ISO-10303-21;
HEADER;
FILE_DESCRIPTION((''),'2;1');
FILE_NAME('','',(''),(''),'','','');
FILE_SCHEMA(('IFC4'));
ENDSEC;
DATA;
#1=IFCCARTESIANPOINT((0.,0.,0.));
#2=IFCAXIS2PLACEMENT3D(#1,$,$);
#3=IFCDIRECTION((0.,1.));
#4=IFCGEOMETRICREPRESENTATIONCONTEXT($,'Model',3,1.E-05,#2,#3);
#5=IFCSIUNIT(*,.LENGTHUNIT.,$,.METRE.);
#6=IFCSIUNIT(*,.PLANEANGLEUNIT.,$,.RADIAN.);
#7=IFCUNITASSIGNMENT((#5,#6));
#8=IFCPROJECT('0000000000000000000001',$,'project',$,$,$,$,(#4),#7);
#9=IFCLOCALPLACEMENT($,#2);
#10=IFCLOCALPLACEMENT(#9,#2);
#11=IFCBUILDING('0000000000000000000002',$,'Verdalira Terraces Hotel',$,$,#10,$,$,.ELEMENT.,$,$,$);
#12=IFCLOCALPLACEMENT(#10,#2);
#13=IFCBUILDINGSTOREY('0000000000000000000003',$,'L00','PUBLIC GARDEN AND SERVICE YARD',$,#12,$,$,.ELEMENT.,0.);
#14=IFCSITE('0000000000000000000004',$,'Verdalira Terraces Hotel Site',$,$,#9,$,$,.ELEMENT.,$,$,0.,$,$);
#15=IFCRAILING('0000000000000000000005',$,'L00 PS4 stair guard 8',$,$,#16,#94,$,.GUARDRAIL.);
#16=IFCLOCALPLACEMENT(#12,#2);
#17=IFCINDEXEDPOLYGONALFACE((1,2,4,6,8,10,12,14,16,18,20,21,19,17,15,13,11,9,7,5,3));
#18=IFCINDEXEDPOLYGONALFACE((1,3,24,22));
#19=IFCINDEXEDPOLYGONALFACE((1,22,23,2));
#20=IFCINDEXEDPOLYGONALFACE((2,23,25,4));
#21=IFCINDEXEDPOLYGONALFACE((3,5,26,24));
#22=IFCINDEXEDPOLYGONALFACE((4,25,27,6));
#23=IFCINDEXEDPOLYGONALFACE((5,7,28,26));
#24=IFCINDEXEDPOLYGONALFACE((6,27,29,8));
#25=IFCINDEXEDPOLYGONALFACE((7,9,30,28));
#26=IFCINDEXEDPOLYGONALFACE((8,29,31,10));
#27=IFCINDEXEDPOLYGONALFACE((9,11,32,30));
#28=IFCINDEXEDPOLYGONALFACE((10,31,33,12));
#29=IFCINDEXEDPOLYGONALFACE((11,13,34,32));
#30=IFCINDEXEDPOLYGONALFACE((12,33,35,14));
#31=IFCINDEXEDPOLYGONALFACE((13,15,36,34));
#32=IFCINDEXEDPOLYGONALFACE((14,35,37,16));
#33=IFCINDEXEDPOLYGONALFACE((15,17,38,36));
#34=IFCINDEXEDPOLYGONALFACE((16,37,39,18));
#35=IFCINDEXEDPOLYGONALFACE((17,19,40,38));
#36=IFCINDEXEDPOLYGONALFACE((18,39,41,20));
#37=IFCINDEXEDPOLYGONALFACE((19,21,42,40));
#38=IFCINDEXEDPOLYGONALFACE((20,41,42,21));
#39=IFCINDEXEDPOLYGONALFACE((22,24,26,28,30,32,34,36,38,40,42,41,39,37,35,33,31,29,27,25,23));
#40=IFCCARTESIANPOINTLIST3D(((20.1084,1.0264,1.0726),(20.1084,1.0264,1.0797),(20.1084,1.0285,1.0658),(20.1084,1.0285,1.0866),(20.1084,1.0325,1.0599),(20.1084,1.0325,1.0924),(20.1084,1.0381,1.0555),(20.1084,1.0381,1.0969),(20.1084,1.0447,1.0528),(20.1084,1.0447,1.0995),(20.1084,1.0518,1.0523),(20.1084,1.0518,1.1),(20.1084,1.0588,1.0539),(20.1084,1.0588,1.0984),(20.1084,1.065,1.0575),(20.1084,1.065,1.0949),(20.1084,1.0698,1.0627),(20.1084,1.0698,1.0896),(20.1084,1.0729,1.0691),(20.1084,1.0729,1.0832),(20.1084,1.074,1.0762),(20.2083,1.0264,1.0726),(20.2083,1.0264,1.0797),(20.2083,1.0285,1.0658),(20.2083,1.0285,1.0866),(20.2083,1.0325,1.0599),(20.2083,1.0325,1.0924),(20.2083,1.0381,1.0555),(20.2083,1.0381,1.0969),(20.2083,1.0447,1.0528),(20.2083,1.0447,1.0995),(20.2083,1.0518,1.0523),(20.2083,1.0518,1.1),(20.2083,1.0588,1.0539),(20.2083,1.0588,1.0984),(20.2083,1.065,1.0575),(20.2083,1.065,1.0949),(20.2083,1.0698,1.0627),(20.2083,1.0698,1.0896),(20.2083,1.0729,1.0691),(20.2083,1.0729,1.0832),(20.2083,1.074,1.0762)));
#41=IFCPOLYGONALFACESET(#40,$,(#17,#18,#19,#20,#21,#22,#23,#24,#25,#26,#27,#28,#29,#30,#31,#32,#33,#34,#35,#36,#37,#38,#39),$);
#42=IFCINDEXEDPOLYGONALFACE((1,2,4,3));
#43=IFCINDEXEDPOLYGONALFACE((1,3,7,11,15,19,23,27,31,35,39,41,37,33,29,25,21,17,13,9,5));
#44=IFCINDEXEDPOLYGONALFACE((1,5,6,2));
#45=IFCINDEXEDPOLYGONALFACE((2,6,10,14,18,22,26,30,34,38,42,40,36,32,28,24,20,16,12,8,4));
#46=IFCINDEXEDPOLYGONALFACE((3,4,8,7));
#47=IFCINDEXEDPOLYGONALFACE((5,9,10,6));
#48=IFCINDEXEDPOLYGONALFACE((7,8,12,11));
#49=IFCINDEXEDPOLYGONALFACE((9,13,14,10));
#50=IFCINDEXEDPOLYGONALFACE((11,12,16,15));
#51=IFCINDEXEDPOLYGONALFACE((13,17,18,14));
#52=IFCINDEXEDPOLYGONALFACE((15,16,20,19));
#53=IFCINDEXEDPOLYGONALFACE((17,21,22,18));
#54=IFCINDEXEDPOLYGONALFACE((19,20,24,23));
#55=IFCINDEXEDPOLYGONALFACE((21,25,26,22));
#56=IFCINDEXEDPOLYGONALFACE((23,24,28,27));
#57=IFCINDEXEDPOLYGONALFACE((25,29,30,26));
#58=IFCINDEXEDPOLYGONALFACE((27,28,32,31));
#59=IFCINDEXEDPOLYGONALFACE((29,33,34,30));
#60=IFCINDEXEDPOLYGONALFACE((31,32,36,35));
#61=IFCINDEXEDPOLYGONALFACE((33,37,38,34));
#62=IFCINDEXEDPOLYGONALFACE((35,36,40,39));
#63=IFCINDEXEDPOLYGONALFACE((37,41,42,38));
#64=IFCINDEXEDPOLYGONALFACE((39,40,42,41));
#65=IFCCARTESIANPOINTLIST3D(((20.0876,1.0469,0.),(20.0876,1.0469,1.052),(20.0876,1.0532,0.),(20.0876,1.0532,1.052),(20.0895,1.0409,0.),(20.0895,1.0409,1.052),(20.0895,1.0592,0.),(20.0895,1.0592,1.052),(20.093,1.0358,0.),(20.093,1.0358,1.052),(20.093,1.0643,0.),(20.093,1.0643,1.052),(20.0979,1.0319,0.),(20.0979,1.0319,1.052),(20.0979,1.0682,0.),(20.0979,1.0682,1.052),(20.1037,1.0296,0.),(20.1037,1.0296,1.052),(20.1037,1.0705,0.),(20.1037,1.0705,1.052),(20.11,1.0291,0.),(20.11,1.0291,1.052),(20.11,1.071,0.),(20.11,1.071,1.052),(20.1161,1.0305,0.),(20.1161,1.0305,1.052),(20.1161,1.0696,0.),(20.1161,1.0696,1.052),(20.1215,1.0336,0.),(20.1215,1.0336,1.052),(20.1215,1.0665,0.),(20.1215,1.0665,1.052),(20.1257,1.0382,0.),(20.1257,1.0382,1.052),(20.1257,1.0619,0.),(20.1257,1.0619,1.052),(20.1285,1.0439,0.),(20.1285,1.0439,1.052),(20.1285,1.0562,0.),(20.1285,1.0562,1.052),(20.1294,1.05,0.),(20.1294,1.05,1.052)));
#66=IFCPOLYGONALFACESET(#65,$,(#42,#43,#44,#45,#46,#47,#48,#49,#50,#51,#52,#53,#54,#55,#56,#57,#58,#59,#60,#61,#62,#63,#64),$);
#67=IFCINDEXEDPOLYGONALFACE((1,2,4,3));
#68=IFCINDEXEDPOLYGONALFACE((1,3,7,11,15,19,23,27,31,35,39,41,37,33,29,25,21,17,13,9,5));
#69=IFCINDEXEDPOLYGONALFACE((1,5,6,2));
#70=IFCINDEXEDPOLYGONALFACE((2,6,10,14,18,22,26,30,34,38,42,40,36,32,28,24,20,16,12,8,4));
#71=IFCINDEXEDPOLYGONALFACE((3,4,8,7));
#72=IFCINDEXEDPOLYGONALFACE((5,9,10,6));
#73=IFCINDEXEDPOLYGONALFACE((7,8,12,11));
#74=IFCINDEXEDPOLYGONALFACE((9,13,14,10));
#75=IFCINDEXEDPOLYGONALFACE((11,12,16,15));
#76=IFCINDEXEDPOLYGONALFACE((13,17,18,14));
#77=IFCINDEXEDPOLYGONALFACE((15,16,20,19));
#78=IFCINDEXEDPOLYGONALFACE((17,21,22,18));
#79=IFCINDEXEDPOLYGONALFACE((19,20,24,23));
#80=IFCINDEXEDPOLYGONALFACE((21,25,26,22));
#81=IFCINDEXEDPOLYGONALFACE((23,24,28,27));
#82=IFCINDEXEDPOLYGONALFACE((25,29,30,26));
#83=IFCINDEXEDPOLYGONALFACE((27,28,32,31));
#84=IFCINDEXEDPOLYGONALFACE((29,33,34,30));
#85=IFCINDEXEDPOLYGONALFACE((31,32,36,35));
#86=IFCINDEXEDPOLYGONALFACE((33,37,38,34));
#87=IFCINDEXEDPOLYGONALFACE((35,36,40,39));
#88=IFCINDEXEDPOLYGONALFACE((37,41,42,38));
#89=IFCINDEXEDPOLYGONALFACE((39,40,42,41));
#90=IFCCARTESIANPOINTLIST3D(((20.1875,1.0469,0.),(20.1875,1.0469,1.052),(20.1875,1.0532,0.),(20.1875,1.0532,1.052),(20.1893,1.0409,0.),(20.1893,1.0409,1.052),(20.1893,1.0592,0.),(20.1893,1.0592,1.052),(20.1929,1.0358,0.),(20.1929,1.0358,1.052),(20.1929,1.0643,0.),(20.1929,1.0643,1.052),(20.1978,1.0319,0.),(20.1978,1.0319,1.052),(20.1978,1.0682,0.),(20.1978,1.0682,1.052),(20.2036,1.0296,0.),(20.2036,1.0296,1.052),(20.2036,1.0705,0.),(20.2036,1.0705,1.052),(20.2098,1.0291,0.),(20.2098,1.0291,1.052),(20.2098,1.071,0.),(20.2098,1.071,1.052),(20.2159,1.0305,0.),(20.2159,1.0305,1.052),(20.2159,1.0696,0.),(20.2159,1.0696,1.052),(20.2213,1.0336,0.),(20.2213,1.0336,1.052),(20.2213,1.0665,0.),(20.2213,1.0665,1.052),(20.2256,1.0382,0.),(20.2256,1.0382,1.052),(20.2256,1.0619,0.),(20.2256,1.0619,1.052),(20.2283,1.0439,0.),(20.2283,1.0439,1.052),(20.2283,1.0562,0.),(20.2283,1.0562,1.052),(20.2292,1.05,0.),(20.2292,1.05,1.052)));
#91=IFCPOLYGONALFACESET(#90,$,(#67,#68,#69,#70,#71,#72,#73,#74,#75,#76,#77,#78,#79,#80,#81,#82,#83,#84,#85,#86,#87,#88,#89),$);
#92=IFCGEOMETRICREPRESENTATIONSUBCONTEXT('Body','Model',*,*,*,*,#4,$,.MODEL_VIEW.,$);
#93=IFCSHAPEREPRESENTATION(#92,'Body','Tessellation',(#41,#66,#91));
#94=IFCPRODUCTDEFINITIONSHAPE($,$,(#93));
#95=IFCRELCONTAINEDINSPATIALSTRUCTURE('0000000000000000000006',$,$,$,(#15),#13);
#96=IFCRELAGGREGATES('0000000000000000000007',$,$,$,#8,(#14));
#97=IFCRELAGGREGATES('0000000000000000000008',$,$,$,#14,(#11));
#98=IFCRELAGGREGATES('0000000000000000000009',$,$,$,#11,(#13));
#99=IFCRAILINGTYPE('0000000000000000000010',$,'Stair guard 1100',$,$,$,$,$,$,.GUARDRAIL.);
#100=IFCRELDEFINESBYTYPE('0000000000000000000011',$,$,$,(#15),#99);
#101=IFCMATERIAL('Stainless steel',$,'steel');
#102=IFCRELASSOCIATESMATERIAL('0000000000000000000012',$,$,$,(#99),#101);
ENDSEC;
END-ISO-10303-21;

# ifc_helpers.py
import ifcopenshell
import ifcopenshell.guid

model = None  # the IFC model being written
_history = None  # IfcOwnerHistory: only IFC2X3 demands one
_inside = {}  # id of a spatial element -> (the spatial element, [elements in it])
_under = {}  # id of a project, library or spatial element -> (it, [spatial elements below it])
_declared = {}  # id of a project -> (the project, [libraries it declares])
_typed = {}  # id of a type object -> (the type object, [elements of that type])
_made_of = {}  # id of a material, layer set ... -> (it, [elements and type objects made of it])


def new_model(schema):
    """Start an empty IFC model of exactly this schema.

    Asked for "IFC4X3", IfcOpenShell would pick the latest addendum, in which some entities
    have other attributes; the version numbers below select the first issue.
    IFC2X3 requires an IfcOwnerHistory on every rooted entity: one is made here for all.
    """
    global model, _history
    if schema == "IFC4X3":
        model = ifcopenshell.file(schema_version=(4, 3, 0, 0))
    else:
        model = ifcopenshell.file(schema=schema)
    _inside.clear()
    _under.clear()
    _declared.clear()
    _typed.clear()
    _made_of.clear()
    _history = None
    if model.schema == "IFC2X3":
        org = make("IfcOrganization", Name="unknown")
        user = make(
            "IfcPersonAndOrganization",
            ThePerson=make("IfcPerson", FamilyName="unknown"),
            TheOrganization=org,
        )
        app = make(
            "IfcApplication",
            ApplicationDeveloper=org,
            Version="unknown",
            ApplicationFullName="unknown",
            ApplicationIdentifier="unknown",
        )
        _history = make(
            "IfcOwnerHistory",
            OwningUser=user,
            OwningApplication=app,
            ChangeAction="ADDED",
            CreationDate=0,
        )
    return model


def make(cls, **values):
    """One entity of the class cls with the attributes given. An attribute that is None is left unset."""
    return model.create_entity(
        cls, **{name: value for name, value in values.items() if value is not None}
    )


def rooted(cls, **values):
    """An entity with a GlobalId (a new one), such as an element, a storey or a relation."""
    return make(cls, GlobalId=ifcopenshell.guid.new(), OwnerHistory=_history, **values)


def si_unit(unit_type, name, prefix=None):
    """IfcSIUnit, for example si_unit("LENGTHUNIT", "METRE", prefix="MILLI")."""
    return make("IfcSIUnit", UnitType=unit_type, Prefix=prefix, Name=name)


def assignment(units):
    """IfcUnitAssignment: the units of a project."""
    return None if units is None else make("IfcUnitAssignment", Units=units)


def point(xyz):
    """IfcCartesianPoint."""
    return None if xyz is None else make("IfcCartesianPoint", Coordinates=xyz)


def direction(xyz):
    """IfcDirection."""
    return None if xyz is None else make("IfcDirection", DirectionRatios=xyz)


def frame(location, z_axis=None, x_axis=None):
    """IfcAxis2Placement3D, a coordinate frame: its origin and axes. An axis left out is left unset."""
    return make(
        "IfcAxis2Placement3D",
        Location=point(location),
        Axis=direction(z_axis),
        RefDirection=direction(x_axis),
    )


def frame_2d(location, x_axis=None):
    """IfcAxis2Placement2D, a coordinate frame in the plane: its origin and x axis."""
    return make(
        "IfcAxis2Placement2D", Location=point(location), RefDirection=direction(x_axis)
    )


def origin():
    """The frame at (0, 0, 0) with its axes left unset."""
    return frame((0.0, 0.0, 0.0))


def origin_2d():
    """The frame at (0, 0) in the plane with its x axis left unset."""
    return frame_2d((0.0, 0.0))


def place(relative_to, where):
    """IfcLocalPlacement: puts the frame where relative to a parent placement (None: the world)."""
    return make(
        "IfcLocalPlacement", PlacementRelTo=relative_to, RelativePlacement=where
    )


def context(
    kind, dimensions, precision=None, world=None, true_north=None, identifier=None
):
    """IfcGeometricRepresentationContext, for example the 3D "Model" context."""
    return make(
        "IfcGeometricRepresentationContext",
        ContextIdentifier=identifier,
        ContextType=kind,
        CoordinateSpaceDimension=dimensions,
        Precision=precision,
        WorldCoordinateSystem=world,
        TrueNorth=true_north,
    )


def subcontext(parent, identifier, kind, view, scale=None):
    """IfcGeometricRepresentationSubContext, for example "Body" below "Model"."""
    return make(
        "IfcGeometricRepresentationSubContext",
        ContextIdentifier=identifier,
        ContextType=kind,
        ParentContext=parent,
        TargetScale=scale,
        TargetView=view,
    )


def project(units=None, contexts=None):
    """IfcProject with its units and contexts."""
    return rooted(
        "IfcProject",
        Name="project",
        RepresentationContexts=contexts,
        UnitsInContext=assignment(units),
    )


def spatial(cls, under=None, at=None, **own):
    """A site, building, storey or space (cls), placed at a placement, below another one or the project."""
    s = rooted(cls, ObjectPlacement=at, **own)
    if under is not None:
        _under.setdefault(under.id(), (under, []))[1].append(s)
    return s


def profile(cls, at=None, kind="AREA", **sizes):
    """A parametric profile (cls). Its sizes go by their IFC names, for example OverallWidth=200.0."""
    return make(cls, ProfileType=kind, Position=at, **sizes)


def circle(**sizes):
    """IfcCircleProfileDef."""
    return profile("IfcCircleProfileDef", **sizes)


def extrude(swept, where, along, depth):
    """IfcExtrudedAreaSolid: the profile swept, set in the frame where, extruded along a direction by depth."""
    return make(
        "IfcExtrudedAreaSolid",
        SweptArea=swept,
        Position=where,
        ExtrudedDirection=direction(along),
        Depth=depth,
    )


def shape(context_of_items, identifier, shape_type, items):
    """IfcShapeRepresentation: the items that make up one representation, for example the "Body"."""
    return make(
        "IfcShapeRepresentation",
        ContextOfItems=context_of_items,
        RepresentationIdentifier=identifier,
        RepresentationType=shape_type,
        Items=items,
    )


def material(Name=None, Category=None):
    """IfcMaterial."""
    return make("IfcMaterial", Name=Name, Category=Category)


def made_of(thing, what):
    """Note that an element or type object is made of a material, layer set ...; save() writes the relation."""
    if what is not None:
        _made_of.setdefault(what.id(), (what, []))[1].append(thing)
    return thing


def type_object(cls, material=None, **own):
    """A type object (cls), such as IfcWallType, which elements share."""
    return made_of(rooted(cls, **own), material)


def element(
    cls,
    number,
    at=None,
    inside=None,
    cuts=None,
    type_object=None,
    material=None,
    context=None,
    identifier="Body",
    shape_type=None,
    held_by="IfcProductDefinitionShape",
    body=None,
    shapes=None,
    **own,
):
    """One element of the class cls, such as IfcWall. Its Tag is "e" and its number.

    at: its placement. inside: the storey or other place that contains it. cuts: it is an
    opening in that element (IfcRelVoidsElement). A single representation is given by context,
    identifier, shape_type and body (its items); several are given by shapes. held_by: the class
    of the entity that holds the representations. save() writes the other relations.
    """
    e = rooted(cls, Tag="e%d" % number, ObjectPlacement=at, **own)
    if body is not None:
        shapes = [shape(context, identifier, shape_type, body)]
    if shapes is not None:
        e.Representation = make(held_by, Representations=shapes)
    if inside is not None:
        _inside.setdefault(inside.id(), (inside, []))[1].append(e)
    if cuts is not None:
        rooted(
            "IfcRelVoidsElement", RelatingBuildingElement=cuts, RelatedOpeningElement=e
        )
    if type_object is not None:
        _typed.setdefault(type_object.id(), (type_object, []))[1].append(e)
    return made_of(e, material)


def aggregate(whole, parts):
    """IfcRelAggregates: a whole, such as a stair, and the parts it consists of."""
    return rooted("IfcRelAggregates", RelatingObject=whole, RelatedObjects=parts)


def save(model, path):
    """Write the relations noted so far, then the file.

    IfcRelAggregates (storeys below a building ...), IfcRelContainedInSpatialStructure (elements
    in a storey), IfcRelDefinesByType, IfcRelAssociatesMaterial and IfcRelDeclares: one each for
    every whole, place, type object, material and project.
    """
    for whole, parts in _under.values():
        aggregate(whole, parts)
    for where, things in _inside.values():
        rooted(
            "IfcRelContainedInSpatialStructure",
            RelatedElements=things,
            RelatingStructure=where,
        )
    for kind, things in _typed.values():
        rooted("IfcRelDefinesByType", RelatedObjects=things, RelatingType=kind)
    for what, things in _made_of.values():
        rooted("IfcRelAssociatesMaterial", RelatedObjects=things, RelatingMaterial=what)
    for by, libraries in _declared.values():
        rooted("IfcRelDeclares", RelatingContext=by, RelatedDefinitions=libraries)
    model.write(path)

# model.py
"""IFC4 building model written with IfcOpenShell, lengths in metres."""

from ifc_helpers import new_model, si_unit, direction, frame, origin, origin_2d, place, context, subcontext, project, spatial, circle, extrude, material, type_object, element, save


model = new_model("IFC4")

# Units and contexts
model_context = context("Model", 3, precision=1e-05, world=origin(), true_north=direction((0.0, 1.0)))
body_context = subcontext(model_context, "Body", "Model", "MODEL_VIEW")
ifc_project = project(units=[si_unit("LENGTHUNIT", "METRE"), si_unit("PLANEANGLEUNIT", "RADIAN")], contexts=[model_context])

# Site, building, storey
site_placement = place(None, origin())
site = spatial("IfcSite", under=ifc_project, at=site_placement, Name="Verdalira Terraces Hotel Site", CompositionType="ELEMENT", RefElevation=0.0)
building_placement = place(site_placement, origin())
building = spatial("IfcBuilding", under=site, at=building_placement, Name="Verdalira Terraces Hotel", CompositionType="ELEMENT")
storey_placement = place(building_placement, origin())
storey = spatial("IfcBuildingStorey", under=building, at=storey_placement, Name="L00", Description="PUBLIC GARDEN AND SERVICE YARD", CompositionType="ELEMENT", Elevation=0.0)

# Railing
ifc_material_1 = material(Name="Stainless steel", Category="steel")
railing_type = type_object("IfcRailingType", Name="Stair guard 1100", PredefinedType="GUARDRAIL", material=ifc_material_1)
railing_1_placement = place(storey_placement, frame((20.1084, 1.05, 0.0)))
element("IfcRailing", 1, at=railing_1_placement, inside=storey, type_object=railing_type, Name="L00 PS4 stair guard 8", PredefinedType="GUARDRAIL", context=body_context, shape_type="SweptSolid", body=[
    extrude(circle(Radius=0.0239, at=origin_2d()), frame((0.0, 0.0, 1.0762), z_axis=(1.0, 0.0, 0.0), x_axis=(0.0, 1.0, 0.0)), (0.0, 0.0, 1.0), 0.0999),
    extrude(circle(Radius=0.021, at=origin_2d()), origin(), (0.0, 0.0, 1.0), 1.052),
    extrude(circle(Radius=0.021, at=origin_2d()), frame((0.0999, 0.0, 0.0)), (0.0, 0.0, 1.0), 1.052),
])

save(model, "model.ifc")
